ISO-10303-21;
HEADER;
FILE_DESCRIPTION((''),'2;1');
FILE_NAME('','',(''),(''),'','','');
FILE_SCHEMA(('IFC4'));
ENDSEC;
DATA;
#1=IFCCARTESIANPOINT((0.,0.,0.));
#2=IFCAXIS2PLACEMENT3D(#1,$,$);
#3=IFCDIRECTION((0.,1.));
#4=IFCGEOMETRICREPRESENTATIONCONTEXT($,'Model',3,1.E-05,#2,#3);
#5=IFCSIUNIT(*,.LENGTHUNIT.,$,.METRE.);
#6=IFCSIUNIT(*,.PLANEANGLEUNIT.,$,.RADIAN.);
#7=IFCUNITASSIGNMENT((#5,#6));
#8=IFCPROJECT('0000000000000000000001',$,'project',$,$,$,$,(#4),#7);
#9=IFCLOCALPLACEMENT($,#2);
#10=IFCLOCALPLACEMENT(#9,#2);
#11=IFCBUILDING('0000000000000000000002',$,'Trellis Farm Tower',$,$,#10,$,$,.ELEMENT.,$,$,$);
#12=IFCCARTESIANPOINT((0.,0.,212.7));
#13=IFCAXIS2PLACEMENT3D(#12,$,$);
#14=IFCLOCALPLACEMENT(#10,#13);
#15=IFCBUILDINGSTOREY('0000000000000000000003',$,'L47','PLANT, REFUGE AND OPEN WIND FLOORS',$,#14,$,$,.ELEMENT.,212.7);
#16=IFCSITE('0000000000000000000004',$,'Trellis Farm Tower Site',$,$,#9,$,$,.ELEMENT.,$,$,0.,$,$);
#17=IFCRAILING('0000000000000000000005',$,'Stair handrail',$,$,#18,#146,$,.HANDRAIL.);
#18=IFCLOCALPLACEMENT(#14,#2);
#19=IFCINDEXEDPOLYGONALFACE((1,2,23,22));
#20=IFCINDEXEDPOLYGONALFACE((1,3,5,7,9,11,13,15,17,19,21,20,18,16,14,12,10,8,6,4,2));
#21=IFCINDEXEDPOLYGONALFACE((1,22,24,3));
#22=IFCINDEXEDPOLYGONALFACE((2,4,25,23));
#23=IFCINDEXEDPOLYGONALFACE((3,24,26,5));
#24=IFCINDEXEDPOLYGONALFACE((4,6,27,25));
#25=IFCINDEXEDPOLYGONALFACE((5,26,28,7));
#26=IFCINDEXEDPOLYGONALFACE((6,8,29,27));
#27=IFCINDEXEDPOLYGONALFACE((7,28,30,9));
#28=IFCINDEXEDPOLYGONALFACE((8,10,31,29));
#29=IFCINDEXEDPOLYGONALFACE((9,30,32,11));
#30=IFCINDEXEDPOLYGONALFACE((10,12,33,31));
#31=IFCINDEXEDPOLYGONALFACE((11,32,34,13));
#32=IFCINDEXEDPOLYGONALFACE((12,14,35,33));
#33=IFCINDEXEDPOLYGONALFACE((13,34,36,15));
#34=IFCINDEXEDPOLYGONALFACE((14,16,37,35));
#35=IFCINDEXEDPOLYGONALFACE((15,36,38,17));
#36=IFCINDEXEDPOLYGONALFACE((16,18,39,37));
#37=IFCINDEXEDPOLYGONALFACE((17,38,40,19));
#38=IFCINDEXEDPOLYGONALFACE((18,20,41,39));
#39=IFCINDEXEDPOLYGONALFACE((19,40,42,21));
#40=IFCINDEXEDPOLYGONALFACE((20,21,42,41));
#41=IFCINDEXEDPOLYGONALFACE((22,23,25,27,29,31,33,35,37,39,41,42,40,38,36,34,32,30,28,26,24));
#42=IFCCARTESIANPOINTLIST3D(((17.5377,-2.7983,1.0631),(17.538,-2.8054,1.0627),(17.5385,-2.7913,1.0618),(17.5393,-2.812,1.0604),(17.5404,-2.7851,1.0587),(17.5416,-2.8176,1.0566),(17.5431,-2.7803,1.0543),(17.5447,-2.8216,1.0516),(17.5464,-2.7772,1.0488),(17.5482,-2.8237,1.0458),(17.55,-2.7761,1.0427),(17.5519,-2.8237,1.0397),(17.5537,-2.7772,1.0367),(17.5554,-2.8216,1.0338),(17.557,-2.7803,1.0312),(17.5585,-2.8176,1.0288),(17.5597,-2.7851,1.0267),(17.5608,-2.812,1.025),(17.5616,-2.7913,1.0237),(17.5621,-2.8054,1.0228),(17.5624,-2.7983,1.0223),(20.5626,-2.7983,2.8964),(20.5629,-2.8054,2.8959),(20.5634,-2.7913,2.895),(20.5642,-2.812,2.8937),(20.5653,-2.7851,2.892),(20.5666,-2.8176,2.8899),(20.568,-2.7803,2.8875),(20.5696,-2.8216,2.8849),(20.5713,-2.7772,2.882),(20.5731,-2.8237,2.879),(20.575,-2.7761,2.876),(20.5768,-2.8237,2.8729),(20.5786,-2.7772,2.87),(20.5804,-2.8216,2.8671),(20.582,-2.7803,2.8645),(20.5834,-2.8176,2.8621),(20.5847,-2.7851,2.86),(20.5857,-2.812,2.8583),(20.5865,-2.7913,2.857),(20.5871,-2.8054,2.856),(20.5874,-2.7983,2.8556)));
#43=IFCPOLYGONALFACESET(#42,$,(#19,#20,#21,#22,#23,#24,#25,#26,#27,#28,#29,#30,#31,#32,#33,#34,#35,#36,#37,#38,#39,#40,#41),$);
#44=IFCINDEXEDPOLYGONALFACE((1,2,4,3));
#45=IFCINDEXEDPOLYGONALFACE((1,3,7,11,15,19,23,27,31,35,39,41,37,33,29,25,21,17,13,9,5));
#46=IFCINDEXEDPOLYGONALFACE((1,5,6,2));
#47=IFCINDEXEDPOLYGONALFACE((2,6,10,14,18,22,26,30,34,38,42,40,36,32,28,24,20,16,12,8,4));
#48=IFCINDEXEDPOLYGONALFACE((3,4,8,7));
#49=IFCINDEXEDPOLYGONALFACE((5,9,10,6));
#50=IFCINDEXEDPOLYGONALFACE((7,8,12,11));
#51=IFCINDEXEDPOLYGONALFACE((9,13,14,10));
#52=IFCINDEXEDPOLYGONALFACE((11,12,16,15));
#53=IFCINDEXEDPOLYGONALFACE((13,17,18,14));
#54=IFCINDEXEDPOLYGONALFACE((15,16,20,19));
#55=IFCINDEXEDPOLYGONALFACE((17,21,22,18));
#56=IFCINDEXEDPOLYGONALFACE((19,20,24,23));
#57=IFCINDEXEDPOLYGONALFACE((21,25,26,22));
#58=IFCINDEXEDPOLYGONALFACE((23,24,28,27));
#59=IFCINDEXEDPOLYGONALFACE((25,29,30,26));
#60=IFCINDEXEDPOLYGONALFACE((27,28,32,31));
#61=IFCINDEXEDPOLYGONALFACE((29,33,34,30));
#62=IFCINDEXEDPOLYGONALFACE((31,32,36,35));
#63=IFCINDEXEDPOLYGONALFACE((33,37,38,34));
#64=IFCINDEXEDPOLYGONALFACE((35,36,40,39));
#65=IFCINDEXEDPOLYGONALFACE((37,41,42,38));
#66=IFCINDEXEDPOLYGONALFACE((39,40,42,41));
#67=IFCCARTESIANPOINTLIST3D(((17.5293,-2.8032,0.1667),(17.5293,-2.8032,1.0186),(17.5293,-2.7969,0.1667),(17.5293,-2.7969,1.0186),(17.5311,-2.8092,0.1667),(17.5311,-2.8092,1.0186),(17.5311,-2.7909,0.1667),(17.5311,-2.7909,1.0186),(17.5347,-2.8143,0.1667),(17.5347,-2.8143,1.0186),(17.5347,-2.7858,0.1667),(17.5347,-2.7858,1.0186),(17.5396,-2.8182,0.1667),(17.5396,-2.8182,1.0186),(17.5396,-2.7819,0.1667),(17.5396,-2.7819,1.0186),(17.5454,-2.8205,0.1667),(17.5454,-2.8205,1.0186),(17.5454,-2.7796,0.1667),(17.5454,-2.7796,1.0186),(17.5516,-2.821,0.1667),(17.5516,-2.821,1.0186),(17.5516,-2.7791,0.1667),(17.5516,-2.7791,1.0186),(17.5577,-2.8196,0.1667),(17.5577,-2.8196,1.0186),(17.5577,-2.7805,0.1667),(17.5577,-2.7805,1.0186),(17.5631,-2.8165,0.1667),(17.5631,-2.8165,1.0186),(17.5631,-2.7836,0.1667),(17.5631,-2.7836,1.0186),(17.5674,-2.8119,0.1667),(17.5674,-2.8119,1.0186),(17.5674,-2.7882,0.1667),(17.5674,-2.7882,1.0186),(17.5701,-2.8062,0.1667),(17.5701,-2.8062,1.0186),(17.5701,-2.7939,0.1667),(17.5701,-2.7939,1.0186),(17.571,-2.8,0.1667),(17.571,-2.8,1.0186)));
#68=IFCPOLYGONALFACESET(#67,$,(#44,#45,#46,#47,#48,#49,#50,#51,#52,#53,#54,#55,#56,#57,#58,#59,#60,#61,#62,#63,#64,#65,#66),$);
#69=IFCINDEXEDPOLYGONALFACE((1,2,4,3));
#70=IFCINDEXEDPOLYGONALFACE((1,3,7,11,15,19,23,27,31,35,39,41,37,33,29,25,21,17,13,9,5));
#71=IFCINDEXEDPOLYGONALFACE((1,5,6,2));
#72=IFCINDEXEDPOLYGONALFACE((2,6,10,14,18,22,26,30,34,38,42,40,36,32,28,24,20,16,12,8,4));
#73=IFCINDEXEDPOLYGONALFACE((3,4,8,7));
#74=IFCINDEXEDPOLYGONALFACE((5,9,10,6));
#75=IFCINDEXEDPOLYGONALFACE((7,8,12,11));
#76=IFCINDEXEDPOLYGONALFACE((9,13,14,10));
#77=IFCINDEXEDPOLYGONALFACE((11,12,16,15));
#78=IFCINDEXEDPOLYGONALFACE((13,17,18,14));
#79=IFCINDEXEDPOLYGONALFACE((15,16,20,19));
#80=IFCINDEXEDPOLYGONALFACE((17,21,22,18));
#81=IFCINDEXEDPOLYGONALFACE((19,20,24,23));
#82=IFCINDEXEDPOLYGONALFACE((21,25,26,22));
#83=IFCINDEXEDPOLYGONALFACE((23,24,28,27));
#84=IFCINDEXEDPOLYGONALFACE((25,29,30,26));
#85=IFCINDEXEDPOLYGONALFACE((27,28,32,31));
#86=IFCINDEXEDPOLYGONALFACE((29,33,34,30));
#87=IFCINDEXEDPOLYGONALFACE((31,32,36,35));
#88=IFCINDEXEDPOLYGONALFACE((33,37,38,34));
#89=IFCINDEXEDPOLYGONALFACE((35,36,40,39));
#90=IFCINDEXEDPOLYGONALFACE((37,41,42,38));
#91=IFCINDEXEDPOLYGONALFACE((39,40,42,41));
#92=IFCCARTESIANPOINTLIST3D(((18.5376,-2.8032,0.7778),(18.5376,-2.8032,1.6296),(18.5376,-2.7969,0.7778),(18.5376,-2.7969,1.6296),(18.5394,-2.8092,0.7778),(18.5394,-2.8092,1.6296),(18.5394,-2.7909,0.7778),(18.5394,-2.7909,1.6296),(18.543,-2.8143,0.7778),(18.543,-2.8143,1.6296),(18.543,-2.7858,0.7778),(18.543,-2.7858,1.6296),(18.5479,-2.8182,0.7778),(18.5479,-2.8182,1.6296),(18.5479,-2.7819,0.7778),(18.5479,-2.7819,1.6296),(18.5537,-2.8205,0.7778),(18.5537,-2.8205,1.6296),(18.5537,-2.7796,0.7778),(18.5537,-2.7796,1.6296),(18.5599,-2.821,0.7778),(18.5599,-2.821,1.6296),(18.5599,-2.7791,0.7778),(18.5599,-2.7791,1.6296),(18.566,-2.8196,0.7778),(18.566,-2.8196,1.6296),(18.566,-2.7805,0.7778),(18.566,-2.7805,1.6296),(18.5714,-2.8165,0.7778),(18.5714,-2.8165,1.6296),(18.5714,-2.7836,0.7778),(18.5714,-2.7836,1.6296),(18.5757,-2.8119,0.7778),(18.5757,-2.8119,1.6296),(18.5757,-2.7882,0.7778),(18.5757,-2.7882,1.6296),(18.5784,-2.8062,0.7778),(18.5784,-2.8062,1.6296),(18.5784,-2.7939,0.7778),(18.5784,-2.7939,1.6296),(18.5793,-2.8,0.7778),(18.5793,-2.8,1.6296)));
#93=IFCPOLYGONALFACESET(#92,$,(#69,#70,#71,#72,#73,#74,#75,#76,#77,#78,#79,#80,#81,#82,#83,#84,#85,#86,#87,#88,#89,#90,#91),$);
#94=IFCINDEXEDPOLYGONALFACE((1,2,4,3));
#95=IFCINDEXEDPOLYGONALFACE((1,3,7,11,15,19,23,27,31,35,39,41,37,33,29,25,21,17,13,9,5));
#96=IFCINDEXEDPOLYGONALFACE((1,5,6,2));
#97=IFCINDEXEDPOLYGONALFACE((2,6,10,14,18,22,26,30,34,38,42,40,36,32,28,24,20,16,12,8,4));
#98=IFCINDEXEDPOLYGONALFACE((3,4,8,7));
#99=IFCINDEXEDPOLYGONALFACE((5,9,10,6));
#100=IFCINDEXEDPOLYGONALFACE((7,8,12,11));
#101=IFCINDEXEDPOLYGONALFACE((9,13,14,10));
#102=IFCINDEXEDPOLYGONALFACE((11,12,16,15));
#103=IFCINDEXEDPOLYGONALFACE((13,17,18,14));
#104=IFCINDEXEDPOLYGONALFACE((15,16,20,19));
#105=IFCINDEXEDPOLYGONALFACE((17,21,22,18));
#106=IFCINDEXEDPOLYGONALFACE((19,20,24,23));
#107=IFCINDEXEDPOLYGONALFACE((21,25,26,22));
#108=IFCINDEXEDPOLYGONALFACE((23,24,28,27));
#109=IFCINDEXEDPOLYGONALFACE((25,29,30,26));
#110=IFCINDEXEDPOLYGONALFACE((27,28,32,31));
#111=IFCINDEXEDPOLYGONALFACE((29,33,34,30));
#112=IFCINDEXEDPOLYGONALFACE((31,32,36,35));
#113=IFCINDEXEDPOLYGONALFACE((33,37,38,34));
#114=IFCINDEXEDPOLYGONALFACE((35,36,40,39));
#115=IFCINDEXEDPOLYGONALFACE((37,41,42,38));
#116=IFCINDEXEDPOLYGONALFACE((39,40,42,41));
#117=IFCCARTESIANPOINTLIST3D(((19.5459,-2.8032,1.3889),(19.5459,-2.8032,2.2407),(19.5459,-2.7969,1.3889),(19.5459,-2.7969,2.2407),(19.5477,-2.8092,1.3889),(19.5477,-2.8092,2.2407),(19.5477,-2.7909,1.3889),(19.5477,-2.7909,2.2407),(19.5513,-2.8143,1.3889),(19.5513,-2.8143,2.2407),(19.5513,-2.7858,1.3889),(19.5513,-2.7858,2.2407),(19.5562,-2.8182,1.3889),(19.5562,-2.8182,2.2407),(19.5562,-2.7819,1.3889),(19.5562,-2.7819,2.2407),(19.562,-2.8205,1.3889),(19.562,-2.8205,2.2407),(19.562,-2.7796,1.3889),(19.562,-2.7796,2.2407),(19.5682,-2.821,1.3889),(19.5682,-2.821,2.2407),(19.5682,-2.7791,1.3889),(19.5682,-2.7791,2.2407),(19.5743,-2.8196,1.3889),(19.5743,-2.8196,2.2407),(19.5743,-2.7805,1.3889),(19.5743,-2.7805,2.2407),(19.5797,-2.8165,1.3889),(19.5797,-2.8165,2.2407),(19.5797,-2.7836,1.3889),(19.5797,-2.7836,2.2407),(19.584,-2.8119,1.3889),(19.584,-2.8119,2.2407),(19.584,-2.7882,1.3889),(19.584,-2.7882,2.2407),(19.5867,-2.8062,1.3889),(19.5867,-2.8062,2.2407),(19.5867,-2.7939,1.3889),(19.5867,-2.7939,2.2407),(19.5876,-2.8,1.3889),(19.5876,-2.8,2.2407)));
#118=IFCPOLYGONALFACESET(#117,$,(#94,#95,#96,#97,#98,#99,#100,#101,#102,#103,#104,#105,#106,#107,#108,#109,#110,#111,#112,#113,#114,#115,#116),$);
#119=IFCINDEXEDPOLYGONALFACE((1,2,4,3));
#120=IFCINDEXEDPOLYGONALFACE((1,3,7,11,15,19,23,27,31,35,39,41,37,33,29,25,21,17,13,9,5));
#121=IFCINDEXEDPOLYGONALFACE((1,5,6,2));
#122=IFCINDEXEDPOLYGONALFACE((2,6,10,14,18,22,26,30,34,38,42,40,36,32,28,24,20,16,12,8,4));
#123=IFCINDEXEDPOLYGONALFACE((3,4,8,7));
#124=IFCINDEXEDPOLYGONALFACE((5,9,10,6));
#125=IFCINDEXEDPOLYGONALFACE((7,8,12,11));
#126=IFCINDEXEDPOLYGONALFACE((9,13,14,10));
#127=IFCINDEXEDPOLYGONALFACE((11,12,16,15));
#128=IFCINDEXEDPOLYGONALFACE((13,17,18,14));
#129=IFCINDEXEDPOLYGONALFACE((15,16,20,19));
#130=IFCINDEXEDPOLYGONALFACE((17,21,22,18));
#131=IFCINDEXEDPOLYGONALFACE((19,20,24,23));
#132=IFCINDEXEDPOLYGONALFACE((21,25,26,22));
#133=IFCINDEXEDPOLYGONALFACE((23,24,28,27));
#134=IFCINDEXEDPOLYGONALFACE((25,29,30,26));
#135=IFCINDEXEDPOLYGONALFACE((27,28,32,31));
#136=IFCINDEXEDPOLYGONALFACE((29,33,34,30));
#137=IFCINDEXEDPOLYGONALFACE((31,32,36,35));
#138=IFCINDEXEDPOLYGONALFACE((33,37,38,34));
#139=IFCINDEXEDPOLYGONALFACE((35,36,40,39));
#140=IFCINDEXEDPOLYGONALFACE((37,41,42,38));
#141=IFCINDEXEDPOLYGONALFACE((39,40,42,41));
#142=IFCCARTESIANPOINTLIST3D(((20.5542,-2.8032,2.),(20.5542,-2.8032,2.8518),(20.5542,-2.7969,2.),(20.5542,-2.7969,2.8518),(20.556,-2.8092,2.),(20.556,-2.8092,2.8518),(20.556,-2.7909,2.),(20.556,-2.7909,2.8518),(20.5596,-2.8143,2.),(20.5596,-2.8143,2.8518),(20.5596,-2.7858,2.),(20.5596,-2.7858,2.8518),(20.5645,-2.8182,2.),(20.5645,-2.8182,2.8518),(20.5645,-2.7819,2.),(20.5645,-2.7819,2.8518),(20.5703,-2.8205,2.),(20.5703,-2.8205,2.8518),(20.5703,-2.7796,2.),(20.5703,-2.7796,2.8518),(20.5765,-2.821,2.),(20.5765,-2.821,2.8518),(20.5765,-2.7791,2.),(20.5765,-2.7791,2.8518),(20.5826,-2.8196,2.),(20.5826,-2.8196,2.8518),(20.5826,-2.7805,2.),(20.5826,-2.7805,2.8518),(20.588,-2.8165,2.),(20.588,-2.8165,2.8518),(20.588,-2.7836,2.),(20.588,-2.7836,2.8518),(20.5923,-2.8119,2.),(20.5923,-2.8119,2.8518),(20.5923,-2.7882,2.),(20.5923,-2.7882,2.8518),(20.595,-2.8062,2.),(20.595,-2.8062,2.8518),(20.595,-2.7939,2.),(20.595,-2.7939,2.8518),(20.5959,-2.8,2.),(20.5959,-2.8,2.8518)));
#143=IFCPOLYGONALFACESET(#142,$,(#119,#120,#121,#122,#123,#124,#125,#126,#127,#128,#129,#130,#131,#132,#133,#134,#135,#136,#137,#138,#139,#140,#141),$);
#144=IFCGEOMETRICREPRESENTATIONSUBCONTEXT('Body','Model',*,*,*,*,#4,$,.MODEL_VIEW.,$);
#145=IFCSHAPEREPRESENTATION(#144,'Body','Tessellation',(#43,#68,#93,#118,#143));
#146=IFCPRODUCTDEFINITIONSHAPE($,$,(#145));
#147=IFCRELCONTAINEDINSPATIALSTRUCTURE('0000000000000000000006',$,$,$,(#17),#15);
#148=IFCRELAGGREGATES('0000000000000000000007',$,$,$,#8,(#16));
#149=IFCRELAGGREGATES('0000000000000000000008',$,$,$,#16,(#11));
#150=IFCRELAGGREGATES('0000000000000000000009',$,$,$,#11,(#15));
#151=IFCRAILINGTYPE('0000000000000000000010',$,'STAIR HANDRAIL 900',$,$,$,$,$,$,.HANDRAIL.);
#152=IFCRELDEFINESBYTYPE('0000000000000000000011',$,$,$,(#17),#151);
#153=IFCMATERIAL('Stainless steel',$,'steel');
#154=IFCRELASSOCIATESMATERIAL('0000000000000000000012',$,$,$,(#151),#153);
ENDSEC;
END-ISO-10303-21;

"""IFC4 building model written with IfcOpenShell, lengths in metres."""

from ifc_helpers import new_model, si_unit, direction, frame, origin, origin_2d, place, context, subcontext, project, spatial, circle, extrude, source, transform, mapped, material, type_object, element, save


model = new_model("IFC4")

# Units and contexts
model_context = context("Model", 3, precision=1e-05, world=origin(), true_north=direction((0.0, 1.0)))
body_context = subcontext(model_context, "Body", "Model", "MODEL_VIEW")
ifc_project = project(units=[si_unit("LENGTHUNIT", "METRE"), si_unit("PLANEANGLEUNIT", "RADIAN")], contexts=[model_context])

# Site, building, storey
site_placement = place(None, origin())
site = spatial("IfcSite", under=ifc_project, at=site_placement, Name="Trellis Farm Tower Site", CompositionType="ELEMENT", RefElevation=0.0)
building_placement = place(site_placement, origin())
building = spatial("IfcBuilding", under=site, at=building_placement, Name="Trellis Farm Tower", CompositionType="ELEMENT")
storey_placement = place(building_placement, frame((0.0, 0.0, 212.7)))
storey = spatial("IfcBuildingStorey", under=building, at=storey_placement, Name="L47", Description="PLANT, REFUGE AND OPEN WIND FLOORS", CompositionType="ELEMENT", Elevation=212.7)

# Railing
ifc_material_1 = material(Name="Stainless steel", Category="steel")
railing_type = type_object("IfcRailingType", Name="STAIR HANDRAIL 900", PredefinedType="HANDRAIL", material=ifc_material_1)
shared_shape_1 = source(origin(), body_context, "Body", "SweptSolid", [
    extrude(circle(Radius=0.0239, at=origin_2d()), frame((0.0, 0.0, 0.876), z_axis=(0.855201, 0.0, 0.518297), x_axis=(0.0, 1.0, 0.0)), (0.0, 0.0, 1.0), 3.5371),
    extrude(circle(Radius=0.021, at=origin_2d()), origin(), (0.0, 0.0, 1.0), 0.8518),
    extrude(circle(Radius=0.021, at=origin_2d()), frame((1.0083, 0.0, 0.6111)), (0.0, 0.0, 1.0), 0.8518),
    extrude(circle(Radius=0.021, at=origin_2d()), frame((2.0166, 0.0, 1.2222)), (0.0, 0.0, 1.0), 0.8518),
    extrude(circle(Radius=0.021, at=origin_2d()), frame((3.0249, 0.0, 1.8333)), (0.0, 0.0, 1.0), 0.8518),
])
for number, where, name in (
    (1, (17.55, -2.8, 0.1667), "Stair handrail"),
):
    element("IfcRailing", number, at=place(storey_placement, frame(where)), inside=storey, type_object=railing_type, Name=name, PredefinedType="HANDRAIL", context=body_context, shape_type="MappedRepresentation", body=[
        mapped(shared_shape_1, transform((0.0, 0.0, 0.0))),
    ])

save(model, "model.ifc")
